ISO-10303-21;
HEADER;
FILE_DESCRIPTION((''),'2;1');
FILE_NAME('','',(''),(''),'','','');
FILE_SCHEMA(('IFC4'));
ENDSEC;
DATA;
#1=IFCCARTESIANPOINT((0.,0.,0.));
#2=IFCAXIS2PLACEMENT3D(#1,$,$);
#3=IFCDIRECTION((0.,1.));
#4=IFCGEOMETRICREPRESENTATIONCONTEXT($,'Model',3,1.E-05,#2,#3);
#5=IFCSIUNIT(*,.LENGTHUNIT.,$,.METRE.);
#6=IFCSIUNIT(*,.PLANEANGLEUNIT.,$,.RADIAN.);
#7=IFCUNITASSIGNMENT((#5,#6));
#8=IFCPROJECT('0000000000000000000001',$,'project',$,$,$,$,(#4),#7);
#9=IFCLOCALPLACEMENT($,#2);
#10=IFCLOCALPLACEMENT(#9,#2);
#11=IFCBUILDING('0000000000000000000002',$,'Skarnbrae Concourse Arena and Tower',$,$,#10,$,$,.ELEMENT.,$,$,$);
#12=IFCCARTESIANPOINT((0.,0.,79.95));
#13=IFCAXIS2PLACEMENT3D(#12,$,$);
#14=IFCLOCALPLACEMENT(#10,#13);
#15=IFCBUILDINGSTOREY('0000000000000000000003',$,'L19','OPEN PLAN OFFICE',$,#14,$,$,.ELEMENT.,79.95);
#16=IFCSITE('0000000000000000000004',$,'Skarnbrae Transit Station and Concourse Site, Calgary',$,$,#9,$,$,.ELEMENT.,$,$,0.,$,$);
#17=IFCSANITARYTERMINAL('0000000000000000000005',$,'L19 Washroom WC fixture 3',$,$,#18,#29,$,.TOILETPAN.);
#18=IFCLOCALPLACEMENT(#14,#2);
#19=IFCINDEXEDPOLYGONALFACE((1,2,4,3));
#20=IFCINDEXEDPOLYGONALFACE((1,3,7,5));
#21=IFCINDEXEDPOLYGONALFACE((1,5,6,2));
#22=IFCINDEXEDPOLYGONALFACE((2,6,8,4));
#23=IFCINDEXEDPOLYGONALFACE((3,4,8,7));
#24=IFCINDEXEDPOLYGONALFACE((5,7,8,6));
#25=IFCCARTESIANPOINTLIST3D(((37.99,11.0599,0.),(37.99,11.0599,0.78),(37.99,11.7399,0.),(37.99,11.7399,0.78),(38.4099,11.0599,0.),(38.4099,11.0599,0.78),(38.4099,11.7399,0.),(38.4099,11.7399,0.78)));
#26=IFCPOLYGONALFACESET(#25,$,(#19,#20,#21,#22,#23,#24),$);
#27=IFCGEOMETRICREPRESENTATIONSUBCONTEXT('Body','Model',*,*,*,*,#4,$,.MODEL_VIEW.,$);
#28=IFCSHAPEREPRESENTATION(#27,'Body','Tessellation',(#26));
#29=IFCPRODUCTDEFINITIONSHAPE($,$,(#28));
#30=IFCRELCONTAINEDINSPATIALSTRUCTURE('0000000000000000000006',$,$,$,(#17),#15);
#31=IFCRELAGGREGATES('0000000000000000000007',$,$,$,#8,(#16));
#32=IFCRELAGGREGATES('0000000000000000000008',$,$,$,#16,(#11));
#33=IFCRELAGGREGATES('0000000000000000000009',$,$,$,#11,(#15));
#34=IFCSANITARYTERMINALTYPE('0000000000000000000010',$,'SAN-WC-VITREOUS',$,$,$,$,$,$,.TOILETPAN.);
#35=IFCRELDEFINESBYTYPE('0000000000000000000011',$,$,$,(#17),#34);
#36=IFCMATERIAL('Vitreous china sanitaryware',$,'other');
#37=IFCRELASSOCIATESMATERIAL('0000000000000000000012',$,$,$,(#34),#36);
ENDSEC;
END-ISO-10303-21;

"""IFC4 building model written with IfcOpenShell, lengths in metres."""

from ifc_helpers import new_model, si_unit, direction, frame, origin, origin_2d, place, context, subcontext, project, spatial, rectangle, extrude, source, transform, mapped, material, type_object, element, save


model = new_model("IFC4")

# Units and contexts
model_context = context("Model", 3, precision=1e-05, world=origin(), true_north=direction((0.0, 1.0)))
body_context = subcontext(model_context, "Body", "Model", "MODEL_VIEW")
ifc_project = project(units=[si_unit("LENGTHUNIT", "METRE"), si_unit("PLANEANGLEUNIT", "RADIAN")], contexts=[model_context])

# Site, building, storey
site_placement = place(None, origin())
site = spatial("IfcSite", under=ifc_project, at=site_placement, Name="Skarnbrae Transit Station and Concourse Site, Calgary", CompositionType="ELEMENT", RefElevation=0.0)
building_placement = place(site_placement, origin())
building = spatial("IfcBuilding", under=site, at=building_placement, Name="Skarnbrae Concourse Arena and Tower", CompositionType="ELEMENT")
storey_placement = place(building_placement, frame((0.0, 0.0, 79.95)))
storey = spatial("IfcBuildingStorey", under=building, at=storey_placement, Name="L19", Description="OPEN PLAN OFFICE", CompositionType="ELEMENT", Elevation=79.95)

# Sanitary terminal
ifc_material_1 = material(Name="Vitreous china sanitaryware", Category="other")
sanitary_terminal_type = type_object("IfcSanitaryTerminalType", Name="SAN-WC-VITREOUS", PredefinedType="TOILETPAN", material=ifc_material_1)
shared_shape_1 = source(origin(), body_context, "Body", "SweptSolid", [
    extrude(rectangle(XDim=0.4199, YDim=0.6799, at=origin_2d()), origin(), (0.0, 0.0, 1.0), 0.78),
])
sanitary_terminal_placement = place(storey_placement, frame((38.2, 11.3999, 0.0), z_axis=(0.0, 0.0, 1.0), x_axis=(1.0, 0.0, 0.0)))
element("IfcSanitaryTerminal", 1, at=sanitary_terminal_placement, inside=storey, type_object=sanitary_terminal_type, Name="L19 Washroom WC fixture 3", PredefinedType="TOILETPAN", context=body_context, shape_type="MappedRepresentation", body=[
    mapped(shared_shape_1, transform((0.0, 0.0, 0.0))),
])

save(model, "model.ifc")
